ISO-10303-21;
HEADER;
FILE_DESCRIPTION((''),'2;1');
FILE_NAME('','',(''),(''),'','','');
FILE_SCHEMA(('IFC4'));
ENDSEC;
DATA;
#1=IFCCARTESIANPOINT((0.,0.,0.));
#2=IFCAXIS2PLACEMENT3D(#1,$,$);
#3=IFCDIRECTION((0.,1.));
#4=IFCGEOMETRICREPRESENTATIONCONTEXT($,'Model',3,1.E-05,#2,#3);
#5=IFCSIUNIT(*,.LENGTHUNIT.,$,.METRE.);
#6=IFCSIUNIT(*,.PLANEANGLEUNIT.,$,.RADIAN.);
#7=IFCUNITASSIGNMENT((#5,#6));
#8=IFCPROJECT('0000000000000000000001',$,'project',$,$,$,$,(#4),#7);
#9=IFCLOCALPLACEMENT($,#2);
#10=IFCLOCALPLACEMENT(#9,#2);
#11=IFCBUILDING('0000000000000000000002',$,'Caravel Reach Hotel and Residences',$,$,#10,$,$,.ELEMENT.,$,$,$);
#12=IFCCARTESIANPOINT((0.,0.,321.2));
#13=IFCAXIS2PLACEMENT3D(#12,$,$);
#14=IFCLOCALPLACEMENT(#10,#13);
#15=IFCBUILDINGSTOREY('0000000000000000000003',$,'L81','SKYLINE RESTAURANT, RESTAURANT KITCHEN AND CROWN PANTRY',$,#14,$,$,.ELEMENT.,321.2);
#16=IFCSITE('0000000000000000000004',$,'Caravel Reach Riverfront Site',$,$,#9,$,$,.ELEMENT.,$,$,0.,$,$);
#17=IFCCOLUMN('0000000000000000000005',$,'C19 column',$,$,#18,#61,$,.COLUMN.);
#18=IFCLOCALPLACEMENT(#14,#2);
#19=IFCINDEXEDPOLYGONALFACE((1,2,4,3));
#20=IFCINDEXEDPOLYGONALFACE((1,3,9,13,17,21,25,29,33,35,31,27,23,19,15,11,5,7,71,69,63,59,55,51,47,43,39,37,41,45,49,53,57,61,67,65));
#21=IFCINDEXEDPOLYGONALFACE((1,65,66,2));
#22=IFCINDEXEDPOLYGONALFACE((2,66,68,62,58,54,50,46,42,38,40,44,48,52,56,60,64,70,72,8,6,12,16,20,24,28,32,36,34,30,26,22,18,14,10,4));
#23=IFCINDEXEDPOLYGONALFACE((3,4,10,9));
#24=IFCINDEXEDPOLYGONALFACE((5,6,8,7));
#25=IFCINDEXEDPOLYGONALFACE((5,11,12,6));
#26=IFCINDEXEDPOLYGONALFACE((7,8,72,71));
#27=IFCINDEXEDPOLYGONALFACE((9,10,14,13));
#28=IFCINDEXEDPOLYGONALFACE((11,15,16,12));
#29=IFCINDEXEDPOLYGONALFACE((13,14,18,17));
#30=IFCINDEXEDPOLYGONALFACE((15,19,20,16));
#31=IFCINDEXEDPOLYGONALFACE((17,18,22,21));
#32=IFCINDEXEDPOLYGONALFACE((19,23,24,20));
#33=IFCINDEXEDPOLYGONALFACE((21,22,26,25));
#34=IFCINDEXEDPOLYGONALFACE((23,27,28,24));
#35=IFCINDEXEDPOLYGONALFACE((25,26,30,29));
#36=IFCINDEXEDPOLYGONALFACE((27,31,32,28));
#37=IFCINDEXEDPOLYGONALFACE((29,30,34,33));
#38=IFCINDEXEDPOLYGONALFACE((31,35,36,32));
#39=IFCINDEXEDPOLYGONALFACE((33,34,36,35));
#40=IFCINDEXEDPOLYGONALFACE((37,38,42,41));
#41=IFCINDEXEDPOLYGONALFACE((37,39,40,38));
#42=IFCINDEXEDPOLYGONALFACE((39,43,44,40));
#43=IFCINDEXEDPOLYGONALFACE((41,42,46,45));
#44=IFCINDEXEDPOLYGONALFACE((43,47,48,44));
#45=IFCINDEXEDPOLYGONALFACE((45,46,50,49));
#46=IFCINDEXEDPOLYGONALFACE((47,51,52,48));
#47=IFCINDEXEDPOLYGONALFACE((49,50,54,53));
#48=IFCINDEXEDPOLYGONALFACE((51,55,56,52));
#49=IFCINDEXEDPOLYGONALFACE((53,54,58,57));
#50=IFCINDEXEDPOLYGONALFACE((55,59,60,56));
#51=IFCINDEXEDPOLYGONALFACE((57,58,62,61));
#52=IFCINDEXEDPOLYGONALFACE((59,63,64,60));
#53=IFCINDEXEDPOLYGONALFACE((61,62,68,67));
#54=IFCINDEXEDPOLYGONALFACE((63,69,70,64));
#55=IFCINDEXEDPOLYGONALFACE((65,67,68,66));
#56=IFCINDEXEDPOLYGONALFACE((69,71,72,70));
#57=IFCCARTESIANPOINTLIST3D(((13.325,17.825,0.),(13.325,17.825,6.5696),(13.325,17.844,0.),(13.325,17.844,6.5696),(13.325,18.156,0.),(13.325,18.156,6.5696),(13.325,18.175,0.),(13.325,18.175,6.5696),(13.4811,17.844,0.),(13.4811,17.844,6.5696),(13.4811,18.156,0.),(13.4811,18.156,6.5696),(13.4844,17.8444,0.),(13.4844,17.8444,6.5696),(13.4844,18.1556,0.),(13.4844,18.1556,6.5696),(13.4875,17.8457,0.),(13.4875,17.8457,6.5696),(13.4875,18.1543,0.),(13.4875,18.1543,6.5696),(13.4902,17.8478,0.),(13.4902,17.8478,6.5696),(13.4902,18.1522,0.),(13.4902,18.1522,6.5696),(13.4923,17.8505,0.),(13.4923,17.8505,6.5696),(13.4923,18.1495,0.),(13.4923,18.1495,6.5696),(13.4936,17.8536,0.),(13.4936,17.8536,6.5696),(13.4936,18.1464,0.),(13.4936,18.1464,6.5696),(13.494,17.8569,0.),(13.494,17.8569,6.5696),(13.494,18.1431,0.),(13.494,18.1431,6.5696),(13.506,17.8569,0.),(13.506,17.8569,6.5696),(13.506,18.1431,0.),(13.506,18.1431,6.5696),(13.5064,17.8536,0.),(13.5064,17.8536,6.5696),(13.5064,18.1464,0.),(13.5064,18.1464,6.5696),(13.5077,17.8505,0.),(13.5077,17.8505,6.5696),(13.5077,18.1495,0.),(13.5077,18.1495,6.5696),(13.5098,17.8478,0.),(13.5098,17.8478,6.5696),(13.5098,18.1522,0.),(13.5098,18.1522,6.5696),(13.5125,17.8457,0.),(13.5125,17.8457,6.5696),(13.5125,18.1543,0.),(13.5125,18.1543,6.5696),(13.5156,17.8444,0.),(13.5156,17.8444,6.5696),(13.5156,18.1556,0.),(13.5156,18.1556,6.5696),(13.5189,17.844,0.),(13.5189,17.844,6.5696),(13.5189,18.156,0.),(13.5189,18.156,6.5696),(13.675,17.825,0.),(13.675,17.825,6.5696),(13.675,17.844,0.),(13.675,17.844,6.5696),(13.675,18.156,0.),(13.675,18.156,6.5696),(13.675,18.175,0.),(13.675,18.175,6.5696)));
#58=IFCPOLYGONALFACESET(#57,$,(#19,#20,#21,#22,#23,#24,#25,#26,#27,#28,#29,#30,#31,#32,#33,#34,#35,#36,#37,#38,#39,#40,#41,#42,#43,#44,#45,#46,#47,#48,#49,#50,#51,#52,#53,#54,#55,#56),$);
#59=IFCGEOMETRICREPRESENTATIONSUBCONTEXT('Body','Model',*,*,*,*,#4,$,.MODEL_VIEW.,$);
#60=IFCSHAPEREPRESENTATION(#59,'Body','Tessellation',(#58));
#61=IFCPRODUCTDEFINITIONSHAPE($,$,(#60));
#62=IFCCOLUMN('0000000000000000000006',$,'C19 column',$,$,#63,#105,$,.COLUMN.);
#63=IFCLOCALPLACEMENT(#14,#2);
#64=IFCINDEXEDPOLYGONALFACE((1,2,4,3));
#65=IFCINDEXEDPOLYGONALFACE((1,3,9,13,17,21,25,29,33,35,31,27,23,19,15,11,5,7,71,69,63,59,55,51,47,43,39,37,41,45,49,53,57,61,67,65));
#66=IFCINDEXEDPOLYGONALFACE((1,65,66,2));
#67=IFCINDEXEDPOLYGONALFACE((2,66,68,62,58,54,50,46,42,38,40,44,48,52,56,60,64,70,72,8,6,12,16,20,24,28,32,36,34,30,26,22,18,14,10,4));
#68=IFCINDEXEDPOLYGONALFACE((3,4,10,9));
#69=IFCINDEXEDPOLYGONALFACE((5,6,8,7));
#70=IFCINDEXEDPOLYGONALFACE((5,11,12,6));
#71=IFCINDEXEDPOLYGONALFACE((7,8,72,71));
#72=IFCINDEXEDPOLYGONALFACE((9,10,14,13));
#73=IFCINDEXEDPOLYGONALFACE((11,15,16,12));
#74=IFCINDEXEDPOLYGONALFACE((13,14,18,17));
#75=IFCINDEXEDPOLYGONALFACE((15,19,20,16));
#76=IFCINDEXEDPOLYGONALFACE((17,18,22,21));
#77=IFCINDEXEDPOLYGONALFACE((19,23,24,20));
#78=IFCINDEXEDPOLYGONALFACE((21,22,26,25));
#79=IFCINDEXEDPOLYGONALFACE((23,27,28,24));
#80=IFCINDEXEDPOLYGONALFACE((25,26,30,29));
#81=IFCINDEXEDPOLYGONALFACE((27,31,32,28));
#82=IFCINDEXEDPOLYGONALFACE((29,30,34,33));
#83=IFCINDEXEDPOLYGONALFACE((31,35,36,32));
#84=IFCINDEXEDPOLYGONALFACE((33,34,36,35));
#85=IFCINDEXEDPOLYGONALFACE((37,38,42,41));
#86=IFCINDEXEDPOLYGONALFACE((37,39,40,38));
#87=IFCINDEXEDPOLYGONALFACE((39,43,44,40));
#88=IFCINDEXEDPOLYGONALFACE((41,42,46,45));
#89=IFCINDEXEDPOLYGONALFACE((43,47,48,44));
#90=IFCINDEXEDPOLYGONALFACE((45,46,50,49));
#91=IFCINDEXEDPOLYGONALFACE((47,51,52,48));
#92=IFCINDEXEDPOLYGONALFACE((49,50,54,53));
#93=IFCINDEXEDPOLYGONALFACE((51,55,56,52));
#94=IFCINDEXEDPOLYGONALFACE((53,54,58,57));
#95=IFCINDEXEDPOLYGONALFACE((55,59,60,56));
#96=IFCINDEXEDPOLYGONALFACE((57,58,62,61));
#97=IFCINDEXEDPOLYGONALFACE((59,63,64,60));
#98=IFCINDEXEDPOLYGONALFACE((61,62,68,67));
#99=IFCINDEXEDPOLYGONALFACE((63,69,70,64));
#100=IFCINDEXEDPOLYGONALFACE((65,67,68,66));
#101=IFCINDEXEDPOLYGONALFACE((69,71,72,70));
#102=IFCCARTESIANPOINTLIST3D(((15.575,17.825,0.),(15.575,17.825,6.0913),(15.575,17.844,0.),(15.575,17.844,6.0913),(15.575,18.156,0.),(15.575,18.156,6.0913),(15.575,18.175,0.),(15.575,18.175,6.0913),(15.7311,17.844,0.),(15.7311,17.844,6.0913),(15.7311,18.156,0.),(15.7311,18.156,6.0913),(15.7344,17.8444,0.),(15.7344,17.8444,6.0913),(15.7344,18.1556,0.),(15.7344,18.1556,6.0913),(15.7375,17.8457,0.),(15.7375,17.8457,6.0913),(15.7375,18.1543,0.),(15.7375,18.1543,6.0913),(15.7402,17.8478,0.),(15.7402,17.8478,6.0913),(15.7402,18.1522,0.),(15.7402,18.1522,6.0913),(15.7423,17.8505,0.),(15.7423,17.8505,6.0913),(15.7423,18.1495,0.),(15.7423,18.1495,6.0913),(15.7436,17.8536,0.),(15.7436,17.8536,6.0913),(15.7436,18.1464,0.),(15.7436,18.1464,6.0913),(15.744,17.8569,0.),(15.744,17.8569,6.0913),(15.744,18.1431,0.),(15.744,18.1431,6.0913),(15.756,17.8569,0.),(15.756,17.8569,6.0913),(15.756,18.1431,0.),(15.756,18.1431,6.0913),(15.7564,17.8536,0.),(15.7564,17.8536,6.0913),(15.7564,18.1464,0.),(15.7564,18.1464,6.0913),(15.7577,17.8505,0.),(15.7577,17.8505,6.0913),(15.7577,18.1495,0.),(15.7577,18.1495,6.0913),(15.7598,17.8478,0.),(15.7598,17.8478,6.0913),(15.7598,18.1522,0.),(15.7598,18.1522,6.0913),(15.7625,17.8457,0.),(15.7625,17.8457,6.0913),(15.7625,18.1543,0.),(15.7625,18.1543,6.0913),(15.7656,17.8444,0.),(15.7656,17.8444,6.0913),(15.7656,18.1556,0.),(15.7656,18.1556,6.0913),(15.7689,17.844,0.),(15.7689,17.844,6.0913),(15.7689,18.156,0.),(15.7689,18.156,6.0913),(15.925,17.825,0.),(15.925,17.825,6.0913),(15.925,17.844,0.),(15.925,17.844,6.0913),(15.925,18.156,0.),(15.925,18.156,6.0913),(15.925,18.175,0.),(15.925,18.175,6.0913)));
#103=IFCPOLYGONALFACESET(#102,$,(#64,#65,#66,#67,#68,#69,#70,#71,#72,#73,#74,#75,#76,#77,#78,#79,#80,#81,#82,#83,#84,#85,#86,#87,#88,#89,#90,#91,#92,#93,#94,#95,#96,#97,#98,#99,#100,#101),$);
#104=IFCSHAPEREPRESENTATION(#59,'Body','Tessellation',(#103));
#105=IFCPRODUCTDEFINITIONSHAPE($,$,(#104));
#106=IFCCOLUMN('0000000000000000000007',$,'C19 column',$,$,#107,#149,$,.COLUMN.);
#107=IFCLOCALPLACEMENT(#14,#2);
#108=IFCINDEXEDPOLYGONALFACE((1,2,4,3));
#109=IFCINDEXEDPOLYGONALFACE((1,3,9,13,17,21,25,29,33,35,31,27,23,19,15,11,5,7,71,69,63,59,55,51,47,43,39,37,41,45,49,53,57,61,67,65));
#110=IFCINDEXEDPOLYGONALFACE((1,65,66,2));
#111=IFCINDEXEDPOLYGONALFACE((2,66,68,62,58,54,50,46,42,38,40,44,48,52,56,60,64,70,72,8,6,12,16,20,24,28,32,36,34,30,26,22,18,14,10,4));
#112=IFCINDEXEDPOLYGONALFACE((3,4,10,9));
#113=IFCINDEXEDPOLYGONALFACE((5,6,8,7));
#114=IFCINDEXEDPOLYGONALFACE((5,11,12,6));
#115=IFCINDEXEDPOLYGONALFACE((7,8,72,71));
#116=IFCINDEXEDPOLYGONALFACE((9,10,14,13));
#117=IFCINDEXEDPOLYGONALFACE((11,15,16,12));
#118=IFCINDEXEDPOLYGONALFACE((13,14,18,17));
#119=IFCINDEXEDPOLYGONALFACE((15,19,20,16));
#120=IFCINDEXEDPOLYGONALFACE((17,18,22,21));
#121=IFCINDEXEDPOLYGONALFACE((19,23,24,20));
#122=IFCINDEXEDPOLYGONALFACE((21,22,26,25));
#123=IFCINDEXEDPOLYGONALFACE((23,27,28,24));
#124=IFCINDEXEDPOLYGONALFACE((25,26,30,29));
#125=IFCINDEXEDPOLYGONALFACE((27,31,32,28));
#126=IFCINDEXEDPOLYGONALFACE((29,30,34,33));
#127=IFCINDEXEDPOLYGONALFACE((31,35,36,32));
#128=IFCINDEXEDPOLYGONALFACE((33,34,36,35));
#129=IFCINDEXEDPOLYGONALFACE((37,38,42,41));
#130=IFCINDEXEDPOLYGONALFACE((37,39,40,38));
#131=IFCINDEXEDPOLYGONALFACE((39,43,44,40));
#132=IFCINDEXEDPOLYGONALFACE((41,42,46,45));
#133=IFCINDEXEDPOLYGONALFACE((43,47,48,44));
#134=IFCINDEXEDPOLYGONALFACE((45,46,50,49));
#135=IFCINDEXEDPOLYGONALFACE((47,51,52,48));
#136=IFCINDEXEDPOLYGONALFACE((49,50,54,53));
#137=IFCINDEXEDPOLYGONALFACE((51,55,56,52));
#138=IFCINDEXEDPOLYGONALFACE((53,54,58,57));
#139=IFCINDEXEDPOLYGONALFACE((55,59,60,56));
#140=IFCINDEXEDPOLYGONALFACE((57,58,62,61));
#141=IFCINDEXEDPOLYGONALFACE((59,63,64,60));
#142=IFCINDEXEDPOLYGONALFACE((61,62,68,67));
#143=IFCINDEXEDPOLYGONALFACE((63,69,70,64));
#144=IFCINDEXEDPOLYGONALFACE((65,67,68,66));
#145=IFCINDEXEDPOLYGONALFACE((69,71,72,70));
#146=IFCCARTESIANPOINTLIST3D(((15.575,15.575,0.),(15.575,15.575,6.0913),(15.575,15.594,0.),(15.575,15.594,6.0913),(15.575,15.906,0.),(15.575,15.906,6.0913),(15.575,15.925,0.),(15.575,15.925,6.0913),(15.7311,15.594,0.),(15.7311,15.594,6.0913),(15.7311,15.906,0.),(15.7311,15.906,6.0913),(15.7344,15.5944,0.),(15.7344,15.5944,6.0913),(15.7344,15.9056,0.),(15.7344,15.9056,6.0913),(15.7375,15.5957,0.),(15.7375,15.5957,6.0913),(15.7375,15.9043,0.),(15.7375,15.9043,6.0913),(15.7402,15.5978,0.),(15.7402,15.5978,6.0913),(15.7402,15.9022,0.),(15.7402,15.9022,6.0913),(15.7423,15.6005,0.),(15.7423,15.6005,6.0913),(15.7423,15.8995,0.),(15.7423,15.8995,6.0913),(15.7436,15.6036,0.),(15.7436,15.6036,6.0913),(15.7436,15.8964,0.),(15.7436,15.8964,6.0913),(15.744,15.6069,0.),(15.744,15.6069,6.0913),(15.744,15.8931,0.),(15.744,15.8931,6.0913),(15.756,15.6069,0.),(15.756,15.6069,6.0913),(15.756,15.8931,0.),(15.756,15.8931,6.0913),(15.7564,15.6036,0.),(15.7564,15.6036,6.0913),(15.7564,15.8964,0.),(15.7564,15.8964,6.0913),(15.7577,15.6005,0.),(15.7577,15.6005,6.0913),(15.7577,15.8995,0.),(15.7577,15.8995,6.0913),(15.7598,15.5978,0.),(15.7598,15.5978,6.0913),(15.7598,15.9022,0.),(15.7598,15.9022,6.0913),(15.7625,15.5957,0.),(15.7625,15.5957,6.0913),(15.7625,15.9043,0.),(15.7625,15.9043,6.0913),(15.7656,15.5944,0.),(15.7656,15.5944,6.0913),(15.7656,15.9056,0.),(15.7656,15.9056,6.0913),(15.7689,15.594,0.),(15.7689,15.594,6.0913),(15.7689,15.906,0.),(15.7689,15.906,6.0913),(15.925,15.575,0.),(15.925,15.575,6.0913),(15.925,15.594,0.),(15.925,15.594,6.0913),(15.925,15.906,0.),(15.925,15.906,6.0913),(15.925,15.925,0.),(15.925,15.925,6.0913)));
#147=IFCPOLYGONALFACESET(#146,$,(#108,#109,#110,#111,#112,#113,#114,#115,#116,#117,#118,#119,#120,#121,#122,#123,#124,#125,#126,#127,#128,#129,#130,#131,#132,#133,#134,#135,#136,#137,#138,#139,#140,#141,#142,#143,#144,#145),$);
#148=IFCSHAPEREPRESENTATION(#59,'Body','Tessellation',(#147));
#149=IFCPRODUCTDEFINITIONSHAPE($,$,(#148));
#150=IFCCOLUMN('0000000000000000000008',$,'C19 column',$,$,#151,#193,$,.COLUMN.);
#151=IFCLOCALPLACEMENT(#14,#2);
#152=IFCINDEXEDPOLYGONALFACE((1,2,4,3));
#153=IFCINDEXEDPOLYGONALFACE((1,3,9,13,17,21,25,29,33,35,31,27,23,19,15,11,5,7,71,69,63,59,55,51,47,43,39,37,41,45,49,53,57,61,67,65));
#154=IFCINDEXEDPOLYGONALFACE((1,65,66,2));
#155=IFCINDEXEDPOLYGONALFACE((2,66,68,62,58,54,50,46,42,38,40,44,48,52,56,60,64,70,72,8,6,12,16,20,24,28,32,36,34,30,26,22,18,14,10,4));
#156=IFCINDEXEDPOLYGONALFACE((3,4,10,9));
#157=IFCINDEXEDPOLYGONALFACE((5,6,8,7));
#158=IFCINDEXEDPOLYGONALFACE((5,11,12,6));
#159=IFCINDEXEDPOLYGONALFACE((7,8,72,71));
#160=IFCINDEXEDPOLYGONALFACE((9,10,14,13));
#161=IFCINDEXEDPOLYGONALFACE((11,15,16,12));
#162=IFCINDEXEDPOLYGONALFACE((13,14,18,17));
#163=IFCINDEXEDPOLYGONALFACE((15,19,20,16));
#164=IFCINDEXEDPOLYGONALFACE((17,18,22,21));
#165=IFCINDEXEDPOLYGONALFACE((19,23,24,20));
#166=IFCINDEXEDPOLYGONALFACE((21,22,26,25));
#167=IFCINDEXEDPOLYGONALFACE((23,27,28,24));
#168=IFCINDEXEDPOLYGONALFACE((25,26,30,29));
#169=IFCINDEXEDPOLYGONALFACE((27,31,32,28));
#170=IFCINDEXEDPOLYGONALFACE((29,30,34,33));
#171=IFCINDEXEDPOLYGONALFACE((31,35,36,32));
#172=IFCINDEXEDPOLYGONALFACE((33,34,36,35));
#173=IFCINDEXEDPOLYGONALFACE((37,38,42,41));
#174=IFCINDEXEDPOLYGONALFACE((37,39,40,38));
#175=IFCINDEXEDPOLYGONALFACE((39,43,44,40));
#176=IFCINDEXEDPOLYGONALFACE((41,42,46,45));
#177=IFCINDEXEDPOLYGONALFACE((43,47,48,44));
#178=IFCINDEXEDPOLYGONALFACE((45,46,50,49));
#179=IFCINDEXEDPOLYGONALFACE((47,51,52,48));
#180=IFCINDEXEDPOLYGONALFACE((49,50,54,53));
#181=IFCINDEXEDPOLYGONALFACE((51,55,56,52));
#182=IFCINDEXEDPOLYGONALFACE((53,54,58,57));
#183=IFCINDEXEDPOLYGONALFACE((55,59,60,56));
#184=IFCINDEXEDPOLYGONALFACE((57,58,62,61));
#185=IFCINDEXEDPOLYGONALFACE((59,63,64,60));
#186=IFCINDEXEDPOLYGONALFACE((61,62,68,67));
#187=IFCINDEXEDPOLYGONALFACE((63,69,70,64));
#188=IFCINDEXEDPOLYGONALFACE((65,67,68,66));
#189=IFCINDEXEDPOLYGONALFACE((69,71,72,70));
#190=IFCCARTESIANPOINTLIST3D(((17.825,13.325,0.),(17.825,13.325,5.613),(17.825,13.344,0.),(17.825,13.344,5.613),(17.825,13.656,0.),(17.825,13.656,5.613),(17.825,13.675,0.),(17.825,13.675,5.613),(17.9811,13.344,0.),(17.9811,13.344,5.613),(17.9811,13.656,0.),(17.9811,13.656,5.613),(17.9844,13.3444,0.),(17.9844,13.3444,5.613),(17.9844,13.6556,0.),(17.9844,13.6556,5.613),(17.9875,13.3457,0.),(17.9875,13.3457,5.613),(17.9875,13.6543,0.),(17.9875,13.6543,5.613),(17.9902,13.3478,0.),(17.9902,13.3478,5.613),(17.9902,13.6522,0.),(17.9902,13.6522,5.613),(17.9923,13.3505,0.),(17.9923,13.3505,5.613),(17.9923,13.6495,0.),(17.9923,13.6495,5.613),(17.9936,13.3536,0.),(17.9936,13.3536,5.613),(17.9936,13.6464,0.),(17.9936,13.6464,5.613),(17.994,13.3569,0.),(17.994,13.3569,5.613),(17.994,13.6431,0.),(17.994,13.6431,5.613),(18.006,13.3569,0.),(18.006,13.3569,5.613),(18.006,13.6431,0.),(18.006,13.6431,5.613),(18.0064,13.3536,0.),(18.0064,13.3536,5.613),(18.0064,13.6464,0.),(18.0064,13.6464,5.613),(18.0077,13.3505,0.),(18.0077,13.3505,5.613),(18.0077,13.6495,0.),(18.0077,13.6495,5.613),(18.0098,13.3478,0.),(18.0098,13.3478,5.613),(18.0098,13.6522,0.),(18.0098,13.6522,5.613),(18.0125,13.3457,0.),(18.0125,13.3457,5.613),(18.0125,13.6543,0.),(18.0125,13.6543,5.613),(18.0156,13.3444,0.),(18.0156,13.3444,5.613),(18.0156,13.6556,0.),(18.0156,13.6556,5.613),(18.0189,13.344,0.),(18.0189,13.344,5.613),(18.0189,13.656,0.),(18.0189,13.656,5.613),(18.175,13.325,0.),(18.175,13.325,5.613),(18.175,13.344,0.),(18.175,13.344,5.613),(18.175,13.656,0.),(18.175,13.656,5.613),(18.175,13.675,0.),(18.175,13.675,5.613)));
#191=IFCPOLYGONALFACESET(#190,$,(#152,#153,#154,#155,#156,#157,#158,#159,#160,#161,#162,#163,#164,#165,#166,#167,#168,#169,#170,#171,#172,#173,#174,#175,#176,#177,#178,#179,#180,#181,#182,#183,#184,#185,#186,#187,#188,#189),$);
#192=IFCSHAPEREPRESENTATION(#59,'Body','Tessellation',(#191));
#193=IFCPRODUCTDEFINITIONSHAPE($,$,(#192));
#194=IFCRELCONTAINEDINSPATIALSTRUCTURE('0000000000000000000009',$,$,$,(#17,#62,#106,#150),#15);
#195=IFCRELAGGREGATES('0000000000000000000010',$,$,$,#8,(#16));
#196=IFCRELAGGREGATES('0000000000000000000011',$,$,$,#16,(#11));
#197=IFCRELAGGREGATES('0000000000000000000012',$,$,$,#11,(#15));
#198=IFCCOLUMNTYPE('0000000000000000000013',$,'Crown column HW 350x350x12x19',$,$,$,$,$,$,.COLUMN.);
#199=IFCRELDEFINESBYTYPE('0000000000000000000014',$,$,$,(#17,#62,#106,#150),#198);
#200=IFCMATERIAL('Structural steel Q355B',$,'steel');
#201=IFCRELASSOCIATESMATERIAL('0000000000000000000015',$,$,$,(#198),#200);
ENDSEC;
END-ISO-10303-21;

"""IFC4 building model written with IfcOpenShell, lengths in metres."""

from ifc_helpers import new_model, si_unit, direction, frame, origin, origin_2d, place, context, subcontext, project, spatial, i_section, extrude, material, material_profile, profile_set, type_object, element, save


model = new_model("IFC4")

# Units and contexts
model_context = context("Model", 3, precision=1e-05, world=origin(), true_north=direction((0.0, 1.0)))
body_context = subcontext(model_context, "Body", "Model", "MODEL_VIEW")
ifc_project = project(units=[si_unit("LENGTHUNIT", "METRE"), si_unit("PLANEANGLEUNIT", "RADIAN")], contexts=[model_context])

# Site, building, storey
site_placement = place(None, origin())
site = spatial("IfcSite", under=ifc_project, at=site_placement, Name="Caravel Reach Riverfront Site", CompositionType="ELEMENT", RefElevation=0.0)
building_placement = place(site_placement, origin())
building = spatial("IfcBuilding", under=site, at=building_placement, Name="Caravel Reach Hotel and Residences", CompositionType="ELEMENT")
storey_placement = place(building_placement, frame((0.0, 0.0, 321.2)))
storey = spatial("IfcBuildingStorey", under=building, at=storey_placement, Name="L81", Description="SKYLINE RESTAURANT, RESTAURANT KITCHEN AND CROWN PANTRY", CompositionType="ELEMENT", Elevation=321.2)

# Columns
ifc_material_1 = material(Name="Structural steel Q355B", Category="steel")
ifc_material_profile_1 = material_profile(ifc_material_1, i_section(OverallWidth=0.3501, OverallDepth=0.3501, WebThickness=0.012, FlangeThickness=0.019, FilletRadius=0.0129, at=origin_2d()), Name="HW 350x350x12x19")
ifc_profile_set_1 = profile_set([ifc_material_profile_1], Name="Structural steel Q355B")
column_type = type_object("IfcColumnType", Name="Crown column HW 350x350x12x19", PredefinedType="COLUMN", material=ifc_profile_set_1)
column_1_placement = place(storey_placement, frame((13.5, 18.0, 0.0), z_axis=(0.0, 0.0, 1.0), x_axis=(1.0, 0.0, 0.0)))
element("IfcColumn", 1, at=column_1_placement, inside=storey, type_object=column_type, Name="C19 column", PredefinedType="COLUMN", context=body_context, shape_type="SweptSolid", body=[
    extrude(i_section(OverallWidth=0.3501, OverallDepth=0.3501, WebThickness=0.012, FlangeThickness=0.019, FilletRadius=0.0129, at=origin_2d()), origin(), (0.0, 0.0, 1.0), 6.5696),
])
for number, where, z_axis, x_axis, name in (
    (2, (15.75, 18.0, 0.0), (0.0, 0.0, 1.0), (1.0, 0.0, 0.0), "C19 column"),
    (3, (15.75, 15.75, 0.0), (0.0, 0.0, 1.0), (1.0, 0.0, 0.0), "C19 column"),
):
    element("IfcColumn", number, at=place(storey_placement, frame(where, z_axis=z_axis, x_axis=x_axis)), inside=storey, type_object=column_type, Name=name, PredefinedType="COLUMN", context=body_context, shape_type="SweptSolid", body=[
        extrude(i_section(OverallWidth=0.3501, OverallDepth=0.3501, WebThickness=0.012, FlangeThickness=0.019, FilletRadius=0.0129, at=origin_2d()), origin(), (0.0, 0.0, 1.0), 6.0913),
    ])
column_2_placement = place(storey_placement, frame((18.0, 13.5, 0.0), z_axis=(0.0, 0.0, 1.0), x_axis=(1.0, 0.0, 0.0)))
element("IfcColumn", 4, at=column_2_placement, inside=storey, type_object=column_type, Name="C19 column", PredefinedType="COLUMN", context=body_context, shape_type="SweptSolid", body=[
    extrude(i_section(OverallWidth=0.3501, OverallDepth=0.3501, WebThickness=0.012, FlangeThickness=0.019, FilletRadius=0.0129, at=origin_2d()), origin(), (0.0, 0.0, 1.0), 5.613),
])

save(model, "model.ifc")
